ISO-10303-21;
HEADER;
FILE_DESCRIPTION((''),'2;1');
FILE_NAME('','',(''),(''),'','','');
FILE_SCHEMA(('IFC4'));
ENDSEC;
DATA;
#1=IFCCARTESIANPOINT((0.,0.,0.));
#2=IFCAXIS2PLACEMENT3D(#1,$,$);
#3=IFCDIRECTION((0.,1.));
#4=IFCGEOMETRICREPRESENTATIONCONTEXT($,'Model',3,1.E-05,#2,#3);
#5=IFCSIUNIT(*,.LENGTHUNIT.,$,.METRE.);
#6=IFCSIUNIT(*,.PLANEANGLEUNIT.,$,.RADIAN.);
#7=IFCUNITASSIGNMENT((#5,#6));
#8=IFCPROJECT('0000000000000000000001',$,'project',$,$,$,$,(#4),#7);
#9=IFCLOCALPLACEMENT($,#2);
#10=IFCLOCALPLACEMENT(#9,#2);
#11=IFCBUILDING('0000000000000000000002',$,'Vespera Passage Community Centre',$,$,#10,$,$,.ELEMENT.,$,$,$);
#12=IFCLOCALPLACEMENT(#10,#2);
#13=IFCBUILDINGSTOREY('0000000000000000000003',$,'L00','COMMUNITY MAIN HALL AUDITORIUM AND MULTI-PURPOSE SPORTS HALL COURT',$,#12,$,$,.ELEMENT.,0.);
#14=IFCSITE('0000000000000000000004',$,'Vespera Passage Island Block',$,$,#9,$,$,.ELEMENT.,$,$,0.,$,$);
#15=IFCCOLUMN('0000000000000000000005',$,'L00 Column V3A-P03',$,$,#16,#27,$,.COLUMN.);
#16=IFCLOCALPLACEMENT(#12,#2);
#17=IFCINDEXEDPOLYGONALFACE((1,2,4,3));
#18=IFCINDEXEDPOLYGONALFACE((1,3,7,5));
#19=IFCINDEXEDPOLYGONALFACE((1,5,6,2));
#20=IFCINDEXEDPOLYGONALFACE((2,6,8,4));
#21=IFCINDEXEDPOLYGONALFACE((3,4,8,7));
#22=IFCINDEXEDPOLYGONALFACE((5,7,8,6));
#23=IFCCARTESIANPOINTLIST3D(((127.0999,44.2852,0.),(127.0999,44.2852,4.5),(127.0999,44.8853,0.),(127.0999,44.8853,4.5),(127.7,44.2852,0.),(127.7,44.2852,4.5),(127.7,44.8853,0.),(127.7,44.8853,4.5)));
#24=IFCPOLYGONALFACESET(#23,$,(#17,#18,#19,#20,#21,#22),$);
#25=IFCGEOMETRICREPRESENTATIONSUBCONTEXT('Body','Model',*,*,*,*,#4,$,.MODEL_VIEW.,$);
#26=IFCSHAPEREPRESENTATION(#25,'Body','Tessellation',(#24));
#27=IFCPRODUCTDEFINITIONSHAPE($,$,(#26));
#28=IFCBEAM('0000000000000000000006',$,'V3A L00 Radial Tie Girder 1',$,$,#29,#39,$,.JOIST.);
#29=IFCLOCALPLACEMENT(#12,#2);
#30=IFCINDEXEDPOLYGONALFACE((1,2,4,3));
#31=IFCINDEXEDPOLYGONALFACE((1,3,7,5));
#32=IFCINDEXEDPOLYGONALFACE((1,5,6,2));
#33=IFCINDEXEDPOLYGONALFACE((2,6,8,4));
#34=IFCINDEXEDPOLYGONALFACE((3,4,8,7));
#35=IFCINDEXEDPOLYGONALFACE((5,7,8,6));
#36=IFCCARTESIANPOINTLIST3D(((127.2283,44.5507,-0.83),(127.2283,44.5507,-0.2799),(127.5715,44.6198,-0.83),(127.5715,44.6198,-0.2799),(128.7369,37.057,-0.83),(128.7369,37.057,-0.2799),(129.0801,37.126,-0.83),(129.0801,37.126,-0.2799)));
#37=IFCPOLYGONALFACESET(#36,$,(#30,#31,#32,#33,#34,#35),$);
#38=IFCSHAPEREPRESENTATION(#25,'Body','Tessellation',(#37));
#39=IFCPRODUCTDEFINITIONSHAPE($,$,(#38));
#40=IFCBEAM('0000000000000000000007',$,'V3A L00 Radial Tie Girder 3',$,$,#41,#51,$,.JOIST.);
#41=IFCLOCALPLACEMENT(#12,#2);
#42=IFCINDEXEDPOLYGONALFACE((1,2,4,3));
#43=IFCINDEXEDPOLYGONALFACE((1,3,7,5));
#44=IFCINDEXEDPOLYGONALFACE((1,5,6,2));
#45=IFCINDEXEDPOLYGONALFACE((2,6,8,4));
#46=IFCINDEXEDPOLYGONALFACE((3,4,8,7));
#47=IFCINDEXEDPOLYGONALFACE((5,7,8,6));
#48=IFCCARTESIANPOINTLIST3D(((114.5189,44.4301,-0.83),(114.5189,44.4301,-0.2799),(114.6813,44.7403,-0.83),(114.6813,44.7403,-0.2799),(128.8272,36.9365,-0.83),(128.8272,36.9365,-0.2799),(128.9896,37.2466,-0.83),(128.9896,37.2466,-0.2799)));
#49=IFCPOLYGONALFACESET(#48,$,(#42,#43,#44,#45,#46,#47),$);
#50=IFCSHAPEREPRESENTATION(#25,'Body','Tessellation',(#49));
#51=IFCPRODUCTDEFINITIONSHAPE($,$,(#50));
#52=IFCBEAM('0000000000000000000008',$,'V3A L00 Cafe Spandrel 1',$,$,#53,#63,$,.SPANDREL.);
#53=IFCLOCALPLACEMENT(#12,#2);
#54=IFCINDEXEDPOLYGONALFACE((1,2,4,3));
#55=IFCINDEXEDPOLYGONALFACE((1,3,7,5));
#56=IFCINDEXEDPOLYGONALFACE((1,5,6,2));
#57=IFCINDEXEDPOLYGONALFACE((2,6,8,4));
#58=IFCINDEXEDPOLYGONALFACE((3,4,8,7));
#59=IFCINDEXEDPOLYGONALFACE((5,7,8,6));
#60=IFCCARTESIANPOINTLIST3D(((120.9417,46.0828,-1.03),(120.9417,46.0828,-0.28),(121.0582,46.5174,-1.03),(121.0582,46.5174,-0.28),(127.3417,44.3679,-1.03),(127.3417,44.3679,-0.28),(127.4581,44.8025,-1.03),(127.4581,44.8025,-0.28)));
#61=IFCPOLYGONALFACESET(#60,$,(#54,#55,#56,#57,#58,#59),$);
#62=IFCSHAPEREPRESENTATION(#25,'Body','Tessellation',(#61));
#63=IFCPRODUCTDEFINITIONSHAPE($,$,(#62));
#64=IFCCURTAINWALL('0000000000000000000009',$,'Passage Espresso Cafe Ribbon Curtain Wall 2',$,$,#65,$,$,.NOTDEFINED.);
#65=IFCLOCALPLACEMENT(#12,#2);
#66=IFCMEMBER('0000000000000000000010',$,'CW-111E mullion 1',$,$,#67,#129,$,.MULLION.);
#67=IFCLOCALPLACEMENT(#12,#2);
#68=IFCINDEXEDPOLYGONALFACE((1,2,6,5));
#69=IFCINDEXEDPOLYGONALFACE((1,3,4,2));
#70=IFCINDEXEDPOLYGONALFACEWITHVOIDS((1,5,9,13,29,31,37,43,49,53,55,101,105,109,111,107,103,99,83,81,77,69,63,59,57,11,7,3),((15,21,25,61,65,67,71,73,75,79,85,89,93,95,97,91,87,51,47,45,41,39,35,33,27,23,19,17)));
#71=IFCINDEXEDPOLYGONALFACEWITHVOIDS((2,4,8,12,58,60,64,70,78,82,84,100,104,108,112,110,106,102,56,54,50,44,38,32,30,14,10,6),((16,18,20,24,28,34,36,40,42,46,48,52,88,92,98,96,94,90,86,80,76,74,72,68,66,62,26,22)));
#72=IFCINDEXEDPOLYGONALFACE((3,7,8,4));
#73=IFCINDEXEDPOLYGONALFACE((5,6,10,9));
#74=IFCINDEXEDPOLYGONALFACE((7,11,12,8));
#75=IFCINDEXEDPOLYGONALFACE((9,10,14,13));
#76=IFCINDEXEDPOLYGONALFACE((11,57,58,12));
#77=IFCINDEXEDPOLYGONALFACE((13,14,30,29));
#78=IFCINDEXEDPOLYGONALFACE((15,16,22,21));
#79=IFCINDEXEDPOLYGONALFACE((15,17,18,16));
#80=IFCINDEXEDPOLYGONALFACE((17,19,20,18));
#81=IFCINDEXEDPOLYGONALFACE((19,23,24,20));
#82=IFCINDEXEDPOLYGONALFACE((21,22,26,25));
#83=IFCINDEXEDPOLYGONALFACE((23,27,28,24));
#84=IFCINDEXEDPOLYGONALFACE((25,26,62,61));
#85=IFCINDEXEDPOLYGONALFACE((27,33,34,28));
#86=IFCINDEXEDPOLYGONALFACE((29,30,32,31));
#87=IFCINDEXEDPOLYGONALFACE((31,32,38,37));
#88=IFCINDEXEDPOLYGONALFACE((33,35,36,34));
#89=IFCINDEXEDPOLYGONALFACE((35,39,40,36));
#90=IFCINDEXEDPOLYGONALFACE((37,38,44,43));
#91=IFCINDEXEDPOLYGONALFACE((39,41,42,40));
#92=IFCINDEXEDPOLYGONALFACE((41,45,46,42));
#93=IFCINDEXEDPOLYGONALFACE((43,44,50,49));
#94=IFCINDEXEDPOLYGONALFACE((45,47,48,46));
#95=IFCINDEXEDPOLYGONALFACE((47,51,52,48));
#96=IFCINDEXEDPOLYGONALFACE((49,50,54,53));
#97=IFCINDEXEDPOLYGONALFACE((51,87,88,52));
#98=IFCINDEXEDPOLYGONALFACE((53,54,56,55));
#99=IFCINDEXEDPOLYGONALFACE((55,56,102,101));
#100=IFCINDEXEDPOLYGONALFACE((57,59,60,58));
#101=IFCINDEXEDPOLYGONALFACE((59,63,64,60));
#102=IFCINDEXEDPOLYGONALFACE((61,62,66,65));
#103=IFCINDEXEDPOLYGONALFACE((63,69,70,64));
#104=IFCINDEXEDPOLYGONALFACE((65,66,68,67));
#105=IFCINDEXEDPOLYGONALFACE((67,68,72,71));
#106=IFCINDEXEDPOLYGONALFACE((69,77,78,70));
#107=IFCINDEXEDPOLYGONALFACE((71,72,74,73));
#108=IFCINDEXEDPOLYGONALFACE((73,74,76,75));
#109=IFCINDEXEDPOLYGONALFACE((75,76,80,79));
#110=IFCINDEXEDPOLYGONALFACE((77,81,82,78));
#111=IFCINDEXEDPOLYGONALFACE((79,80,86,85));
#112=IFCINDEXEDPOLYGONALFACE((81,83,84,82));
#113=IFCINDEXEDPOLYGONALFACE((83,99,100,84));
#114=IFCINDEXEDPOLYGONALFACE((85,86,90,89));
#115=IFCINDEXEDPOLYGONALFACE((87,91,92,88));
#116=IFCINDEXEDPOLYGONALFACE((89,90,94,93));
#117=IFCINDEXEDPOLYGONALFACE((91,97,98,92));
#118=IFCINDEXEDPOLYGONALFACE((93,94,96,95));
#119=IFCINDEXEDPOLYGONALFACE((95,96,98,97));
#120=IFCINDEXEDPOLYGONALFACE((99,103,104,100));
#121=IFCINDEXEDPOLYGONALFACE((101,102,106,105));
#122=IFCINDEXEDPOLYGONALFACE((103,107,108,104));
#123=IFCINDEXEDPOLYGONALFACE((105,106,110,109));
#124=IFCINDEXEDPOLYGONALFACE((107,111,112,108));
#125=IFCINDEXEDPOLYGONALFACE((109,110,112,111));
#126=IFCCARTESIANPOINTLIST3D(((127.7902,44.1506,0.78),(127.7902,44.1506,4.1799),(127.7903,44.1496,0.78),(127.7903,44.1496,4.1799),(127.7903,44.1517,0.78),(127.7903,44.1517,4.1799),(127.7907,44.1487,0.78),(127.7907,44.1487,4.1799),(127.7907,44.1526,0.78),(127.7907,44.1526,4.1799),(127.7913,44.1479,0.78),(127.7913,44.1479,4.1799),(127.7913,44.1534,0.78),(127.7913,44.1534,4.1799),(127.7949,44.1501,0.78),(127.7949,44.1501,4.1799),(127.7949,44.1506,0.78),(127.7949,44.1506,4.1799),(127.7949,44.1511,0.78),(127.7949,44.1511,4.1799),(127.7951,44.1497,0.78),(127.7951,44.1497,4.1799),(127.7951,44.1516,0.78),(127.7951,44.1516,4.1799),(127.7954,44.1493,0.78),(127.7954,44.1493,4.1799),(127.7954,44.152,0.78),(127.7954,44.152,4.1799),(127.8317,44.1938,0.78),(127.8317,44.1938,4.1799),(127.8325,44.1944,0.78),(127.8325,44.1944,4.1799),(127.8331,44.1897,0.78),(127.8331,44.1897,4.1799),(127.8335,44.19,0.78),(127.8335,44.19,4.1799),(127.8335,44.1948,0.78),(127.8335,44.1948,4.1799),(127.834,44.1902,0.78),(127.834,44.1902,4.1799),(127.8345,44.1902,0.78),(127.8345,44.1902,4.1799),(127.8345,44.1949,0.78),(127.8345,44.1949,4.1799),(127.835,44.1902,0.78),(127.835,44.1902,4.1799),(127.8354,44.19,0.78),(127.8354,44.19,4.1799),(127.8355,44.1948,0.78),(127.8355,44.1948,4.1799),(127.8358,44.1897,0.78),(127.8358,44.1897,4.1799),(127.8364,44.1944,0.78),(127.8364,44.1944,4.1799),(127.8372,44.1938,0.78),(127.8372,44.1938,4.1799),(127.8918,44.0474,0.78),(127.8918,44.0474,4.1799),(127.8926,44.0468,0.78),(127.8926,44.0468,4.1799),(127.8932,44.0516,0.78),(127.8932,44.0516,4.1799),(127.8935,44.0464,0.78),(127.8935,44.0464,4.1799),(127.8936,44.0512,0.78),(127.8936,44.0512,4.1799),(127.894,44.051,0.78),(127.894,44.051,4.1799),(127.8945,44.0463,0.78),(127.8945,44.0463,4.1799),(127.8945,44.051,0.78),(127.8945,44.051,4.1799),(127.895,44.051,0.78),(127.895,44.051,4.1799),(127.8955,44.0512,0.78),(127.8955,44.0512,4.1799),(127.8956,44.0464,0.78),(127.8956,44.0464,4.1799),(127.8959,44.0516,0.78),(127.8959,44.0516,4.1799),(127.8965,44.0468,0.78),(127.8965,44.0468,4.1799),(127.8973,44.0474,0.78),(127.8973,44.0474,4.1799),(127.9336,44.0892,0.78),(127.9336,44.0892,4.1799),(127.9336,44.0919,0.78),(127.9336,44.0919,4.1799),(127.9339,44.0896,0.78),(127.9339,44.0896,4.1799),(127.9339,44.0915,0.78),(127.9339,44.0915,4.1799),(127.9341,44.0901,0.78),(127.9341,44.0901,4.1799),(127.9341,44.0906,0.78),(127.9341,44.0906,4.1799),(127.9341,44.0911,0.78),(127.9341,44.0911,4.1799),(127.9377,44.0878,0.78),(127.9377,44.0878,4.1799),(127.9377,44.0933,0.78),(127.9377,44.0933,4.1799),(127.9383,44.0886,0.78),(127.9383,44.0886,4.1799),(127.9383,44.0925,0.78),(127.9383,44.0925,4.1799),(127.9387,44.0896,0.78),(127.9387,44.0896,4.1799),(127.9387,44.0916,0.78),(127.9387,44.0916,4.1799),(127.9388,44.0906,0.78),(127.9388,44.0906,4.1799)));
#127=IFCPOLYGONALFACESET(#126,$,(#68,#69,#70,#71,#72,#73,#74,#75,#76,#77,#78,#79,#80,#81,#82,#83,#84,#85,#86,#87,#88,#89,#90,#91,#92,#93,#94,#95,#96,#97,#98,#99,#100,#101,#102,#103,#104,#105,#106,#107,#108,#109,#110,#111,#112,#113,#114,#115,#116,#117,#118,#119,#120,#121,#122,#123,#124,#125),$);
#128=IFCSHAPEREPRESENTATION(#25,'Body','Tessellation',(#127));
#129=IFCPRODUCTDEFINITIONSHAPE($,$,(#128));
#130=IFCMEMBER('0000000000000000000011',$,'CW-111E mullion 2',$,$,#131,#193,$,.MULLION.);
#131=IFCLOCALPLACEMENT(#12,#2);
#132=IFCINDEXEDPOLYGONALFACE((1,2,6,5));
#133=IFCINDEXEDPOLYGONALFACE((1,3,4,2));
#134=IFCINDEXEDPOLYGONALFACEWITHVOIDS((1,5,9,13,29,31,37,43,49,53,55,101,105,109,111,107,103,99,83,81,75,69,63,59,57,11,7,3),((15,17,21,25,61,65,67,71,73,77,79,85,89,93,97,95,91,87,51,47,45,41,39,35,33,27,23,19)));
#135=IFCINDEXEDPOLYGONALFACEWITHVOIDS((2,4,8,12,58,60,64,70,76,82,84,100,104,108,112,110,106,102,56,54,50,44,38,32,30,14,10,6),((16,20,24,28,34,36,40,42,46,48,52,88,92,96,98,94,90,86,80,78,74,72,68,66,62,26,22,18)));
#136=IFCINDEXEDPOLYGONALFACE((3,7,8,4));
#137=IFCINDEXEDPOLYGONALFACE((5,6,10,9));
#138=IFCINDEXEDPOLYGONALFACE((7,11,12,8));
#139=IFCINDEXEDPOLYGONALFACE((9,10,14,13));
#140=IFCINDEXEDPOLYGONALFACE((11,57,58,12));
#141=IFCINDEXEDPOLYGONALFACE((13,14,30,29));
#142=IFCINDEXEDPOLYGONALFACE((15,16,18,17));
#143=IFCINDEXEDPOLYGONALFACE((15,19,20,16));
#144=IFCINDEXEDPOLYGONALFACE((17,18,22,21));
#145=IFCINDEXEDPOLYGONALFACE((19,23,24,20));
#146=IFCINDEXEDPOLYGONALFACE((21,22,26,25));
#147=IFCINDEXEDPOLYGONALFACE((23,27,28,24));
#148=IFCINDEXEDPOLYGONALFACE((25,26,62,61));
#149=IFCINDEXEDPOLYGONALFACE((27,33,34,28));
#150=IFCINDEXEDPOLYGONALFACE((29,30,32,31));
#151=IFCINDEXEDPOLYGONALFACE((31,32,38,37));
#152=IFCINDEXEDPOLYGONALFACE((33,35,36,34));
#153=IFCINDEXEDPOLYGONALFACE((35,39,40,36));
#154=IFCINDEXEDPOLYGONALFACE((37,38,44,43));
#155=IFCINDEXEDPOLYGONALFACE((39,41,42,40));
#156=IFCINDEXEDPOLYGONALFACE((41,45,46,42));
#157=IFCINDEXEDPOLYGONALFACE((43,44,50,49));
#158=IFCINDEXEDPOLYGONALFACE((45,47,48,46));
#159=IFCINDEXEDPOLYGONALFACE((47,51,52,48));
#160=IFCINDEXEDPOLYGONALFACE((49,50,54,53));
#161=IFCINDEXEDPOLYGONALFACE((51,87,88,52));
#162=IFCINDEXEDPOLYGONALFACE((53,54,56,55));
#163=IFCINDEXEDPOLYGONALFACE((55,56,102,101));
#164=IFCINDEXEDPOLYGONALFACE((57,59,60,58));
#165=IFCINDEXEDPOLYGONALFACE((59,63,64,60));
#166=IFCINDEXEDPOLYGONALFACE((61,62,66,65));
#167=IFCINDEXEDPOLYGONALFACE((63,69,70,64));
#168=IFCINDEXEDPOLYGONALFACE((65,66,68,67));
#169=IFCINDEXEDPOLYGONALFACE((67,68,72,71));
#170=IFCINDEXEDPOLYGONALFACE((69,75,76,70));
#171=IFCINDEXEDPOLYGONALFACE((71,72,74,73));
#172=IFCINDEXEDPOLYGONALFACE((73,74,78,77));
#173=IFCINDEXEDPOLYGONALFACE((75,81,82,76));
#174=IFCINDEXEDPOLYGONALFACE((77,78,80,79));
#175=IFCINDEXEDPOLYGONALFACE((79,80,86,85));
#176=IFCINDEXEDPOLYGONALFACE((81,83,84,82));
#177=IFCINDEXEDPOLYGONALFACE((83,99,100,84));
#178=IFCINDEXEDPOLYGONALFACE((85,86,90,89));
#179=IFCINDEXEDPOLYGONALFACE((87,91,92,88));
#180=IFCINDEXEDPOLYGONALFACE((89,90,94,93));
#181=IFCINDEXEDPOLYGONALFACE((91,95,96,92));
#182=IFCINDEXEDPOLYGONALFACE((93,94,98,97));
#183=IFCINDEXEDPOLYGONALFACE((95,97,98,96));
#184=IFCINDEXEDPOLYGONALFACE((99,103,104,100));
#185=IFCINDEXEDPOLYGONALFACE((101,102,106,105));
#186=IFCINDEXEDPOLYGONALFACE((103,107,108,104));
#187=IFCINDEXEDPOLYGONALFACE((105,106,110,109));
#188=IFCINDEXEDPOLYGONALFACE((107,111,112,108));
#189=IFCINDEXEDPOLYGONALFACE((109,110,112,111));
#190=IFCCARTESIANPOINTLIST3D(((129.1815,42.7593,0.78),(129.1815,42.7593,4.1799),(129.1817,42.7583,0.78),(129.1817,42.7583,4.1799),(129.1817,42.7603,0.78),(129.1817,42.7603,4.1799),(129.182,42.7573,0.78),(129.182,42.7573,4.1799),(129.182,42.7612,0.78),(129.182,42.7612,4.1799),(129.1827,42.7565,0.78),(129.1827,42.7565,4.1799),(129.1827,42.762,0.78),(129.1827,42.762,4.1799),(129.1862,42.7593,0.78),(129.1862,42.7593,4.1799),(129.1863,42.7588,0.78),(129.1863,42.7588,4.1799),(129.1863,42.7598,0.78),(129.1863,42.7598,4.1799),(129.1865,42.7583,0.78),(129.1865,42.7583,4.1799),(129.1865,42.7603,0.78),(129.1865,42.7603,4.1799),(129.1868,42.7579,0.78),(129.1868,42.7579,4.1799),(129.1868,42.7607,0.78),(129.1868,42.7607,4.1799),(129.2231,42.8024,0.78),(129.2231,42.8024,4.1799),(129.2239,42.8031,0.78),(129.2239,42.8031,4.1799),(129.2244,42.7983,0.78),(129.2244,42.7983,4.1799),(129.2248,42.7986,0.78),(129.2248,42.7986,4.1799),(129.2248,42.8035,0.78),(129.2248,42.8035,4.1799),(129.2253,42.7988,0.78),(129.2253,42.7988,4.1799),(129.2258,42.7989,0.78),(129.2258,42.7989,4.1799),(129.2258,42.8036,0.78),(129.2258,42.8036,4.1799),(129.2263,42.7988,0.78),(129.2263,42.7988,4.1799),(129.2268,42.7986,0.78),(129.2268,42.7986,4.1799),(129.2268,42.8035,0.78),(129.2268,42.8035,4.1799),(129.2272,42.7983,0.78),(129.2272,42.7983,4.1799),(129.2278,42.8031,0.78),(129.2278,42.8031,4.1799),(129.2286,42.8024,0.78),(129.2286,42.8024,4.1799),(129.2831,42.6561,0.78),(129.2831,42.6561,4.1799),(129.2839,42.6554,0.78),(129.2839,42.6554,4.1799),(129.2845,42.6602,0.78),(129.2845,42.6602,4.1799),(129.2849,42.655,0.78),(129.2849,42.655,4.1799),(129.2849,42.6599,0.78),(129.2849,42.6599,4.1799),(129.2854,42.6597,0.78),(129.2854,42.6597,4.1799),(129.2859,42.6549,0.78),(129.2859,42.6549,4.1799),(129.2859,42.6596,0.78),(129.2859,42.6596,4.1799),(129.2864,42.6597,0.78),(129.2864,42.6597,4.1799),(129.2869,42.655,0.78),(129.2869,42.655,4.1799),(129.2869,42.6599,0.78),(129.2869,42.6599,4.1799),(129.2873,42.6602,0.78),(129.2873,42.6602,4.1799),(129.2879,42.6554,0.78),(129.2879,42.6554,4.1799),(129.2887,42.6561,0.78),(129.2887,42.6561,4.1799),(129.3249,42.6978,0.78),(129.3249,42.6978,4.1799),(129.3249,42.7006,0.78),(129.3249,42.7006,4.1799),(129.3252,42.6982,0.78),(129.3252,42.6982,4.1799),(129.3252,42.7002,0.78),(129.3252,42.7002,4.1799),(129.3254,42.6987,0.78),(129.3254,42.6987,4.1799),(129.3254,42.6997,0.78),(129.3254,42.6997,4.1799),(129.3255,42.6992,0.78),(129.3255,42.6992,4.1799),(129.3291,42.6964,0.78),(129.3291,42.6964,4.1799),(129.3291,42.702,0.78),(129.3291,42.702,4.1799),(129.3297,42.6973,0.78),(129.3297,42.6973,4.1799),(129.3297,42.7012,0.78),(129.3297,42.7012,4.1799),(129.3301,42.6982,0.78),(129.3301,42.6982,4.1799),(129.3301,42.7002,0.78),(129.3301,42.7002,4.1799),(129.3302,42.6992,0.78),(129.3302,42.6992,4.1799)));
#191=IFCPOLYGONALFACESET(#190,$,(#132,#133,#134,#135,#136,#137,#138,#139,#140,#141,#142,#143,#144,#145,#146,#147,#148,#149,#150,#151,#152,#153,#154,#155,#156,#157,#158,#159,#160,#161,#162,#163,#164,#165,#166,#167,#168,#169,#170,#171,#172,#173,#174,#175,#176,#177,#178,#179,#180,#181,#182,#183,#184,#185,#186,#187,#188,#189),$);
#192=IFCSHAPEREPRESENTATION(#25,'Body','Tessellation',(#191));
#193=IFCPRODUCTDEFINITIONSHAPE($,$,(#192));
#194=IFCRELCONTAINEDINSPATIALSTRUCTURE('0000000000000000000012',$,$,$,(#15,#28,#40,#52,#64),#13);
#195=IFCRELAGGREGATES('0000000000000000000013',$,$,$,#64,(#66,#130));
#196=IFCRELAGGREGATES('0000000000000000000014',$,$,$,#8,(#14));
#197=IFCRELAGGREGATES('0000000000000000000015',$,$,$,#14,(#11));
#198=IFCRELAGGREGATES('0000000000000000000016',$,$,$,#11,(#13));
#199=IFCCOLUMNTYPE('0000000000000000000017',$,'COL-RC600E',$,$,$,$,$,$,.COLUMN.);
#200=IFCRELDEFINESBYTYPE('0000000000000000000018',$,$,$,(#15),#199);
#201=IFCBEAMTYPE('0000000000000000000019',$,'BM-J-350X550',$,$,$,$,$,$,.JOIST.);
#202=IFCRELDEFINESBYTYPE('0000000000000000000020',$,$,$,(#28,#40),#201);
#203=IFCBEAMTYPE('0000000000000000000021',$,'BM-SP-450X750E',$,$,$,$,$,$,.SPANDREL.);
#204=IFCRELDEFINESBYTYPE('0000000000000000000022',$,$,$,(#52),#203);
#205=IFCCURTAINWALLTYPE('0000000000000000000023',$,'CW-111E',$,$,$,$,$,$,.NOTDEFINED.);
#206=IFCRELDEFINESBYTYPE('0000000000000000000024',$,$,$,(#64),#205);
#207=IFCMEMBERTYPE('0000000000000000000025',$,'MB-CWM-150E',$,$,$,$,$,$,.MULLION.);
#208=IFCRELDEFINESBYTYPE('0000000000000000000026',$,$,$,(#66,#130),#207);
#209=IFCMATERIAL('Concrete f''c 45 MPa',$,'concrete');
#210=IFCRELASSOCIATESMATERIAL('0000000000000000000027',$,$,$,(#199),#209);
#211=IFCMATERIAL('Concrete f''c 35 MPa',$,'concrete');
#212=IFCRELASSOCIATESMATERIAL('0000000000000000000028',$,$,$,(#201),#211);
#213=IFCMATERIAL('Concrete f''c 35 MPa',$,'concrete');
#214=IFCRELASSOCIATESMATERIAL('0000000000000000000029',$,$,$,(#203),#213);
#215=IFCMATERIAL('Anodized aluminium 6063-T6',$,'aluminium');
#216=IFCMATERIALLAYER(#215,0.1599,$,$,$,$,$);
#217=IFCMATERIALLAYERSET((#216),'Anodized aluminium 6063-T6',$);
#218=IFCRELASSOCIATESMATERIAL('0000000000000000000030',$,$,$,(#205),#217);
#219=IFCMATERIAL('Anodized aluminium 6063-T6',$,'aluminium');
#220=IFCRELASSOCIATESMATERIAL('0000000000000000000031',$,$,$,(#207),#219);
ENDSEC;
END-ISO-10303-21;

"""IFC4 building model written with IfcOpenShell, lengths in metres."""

from ifc_helpers import new_model, si_unit, direction, frame, origin, origin_2d, place, context, subcontext, project, spatial, rectangle, hollow_rectangle, extrude, material, layer, layer_set, material_profile, profile_set, type_object, element, aggregate, save


model = new_model("IFC4")

# Units and contexts
model_context = context("Model", 3, precision=1e-05, world=origin(), true_north=direction((0.0, 1.0)))
body_context = subcontext(model_context, "Body", "Model", "MODEL_VIEW")
ifc_project = project(units=[si_unit("LENGTHUNIT", "METRE"), si_unit("PLANEANGLEUNIT", "RADIAN")], contexts=[model_context])

# Site, building, storey
site_placement = place(None, origin())
site = spatial("IfcSite", under=ifc_project, at=site_placement, Name="Vespera Passage Island Block", CompositionType="ELEMENT", RefElevation=0.0)
building_placement = place(site_placement, origin())
building = spatial("IfcBuilding", under=site, at=building_placement, Name="Vespera Passage Community Centre", CompositionType="ELEMENT")
storey_placement = place(building_placement, origin())
storey = spatial("IfcBuildingStorey", under=building, at=storey_placement, Name="L00", Description="COMMUNITY MAIN HALL AUDITORIUM AND MULTI-PURPOSE SPORTS HALL COURT", CompositionType="ELEMENT", Elevation=0.0)

# Column
ifc_material_1 = material(Name="Concrete f'c 45 MPa", Category="concrete")
ifc_material_profile_1 = material_profile(ifc_material_1, rectangle(XDim=0.6001, YDim=0.6001, at=origin_2d()), Name="RC600X600")
ifc_profile_set_1 = profile_set([ifc_material_profile_1], Name="Concrete f'c 45 MPa")
column_type = type_object("IfcColumnType", Name="COL-RC600E", PredefinedType="COLUMN", material=ifc_profile_set_1)
column_placement = place(storey_placement, frame((127.3999, 44.5852, 0.0), z_axis=(0.0, 0.0, 1.0), x_axis=(1.0, 0.0, 0.0)))
element("IfcColumn", 1, at=column_placement, inside=storey, type_object=column_type, Name="L00 Column V3A-P03", PredefinedType="COLUMN", context=body_context, shape_type="SweptSolid", body=[
    extrude(rectangle(XDim=0.6001, YDim=0.6001, at=origin_2d()), origin(), (0.0, 0.0, 1.0), 4.5),
])

# Beams
ifc_material_2 = material(Name="Concrete f'c 35 MPa", Category="concrete")
ifc_material_profile_2 = material_profile(ifc_material_2, rectangle(XDim=0.3501, YDim=0.55, at=origin_2d()), Name="RC350X550")
ifc_profile_set_2 = profile_set([ifc_material_profile_2], Name="Concrete f'c 35 MPa")
beam_type_1 = type_object("IfcBeamType", Name="BM-J-350X550", PredefinedType="JOIST", material=ifc_profile_set_2)
beam_1_placement = place(storey_placement, frame((127.3999, 44.5852, -0.5549), z_axis=(0.197351, -0.980333, 0.0), x_axis=(0.980333, 0.197351, 0.0)))
element("IfcBeam", 2, at=beam_1_placement, inside=storey, type_object=beam_type_1, Name="V3A L00 Radial Tie Girder 1", PredefinedType="JOIST", context=body_context, shape_type="SweptSolid", body=[
    extrude(rectangle(XDim=0.3501, YDim=0.55, at=origin_2d()), origin(), (0.0, 0.0, 1.0), 7.644),
])
beam_2_placement = place(storey_placement, frame((114.6001, 44.5852, -0.5549), z_axis=(0.885862, -0.463949, 0.0), x_axis=(0.463949, 0.885862, 0.0)))
element("IfcBeam", 3, at=beam_2_placement, inside=storey, type_object=beam_type_1, Name="V3A L00 Radial Tie Girder 3", PredefinedType="JOIST", context=body_context, shape_type="SweptSolid", body=[
    extrude(rectangle(XDim=0.3501, YDim=0.55, at=origin_2d()), origin(), (0.0, 0.0, 1.0), 16.1519),
])
ifc_material_3 = material(Name="Concrete f'c 35 MPa", Category="concrete")
ifc_material_profile_3 = material_profile(ifc_material_3, rectangle(XDim=0.45, YDim=0.75, at=origin_2d()), Name="RC450X750")
ifc_profile_set_3 = profile_set([ifc_material_profile_3], Name="Concrete f'c 35 MPa")
beam_type_2 = type_object("IfcBeamType", Name="BM-SP-450X750E", PredefinedType="SPANDREL", material=ifc_profile_set_3)
beam_3_placement = place(storey_placement, frame((127.3999, 44.5852, -0.655), z_axis=(-0.965926, 0.258818, 0.0), x_axis=(-0.258818, -0.965926, 0.0)))
element("IfcBeam", 4, at=beam_3_placement, inside=storey, type_object=beam_type_2, Name="V3A L00 Cafe Spandrel 1", PredefinedType="SPANDREL", context=body_context, shape_type="SweptSolid", body=[
    extrude(rectangle(XDim=0.45, YDim=0.75, at=origin_2d()), origin(), (0.0, 0.0, 1.0), 6.6257),
])

# Curtain wall, members
ifc_material_4 = material(Name="Anodized aluminium 6063-T6", Category="aluminium")
ifc_layer_1 = layer(ifc_material_4, 0.1599)
ifc_layer_set_1 = layer_set([ifc_layer_1], Name="Anodized aluminium 6063-T6")
curtain_wall_type_1 = type_object("IfcCurtainWallType", Name="CW-111E", PredefinedType="NOTDEFINED", material=ifc_layer_set_1)
curtain_wall_1_placement = place(storey_placement, origin())
curtain_wall_1 = element("IfcCurtainWall", 5, at=curtain_wall_1_placement, inside=storey, type_object=curtain_wall_type_1, Name="Passage Espresso Cafe Ribbon Curtain Wall 2", PredefinedType="NOTDEFINED")
ifc_material_5 = material(Name="Anodized aluminium 6063-T6", Category="aluminium")
ifc_material_profile_4 = material_profile(ifc_material_5, hollow_rectangle(XDim=0.0649, YDim=0.1499, WallThickness=0.0039, InnerFilletRadius=0.002, OuterFilletRadius=0.0039, at=origin_2d()), Name="ALU150X65X4")
ifc_profile_set_4 = profile_set([ifc_material_profile_4], Name="Anodized aluminium 6063-T6")
member_type_1 = type_object("IfcMemberType", Name="MB-CWM-150E", PredefinedType="MULLION", material=ifc_profile_set_4)
member_1_placement = place(storey_placement, frame((127.8645, 44.1206, 0.78), z_axis=(0.0, 0.0, 1.0), x_axis=(0.707107, 0.707107, 0.0)))
member_1 = element("IfcMember", 6, at=member_1_placement, type_object=member_type_1, Name="CW-111E mullion 1", PredefinedType="MULLION", context=body_context, shape_type="SweptSolid", body=[
    extrude(hollow_rectangle(XDim=0.0649, YDim=0.1499, WallThickness=0.0039, InnerFilletRadius=0.002, OuterFilletRadius=0.0039, at=origin_2d()), origin(), (0.0, 0.0, 1.0), 3.3999),
])
member_2_placement = place(storey_placement, frame((129.2559, 42.7292, 0.78), z_axis=(0.0, 0.0, 1.0), x_axis=(0.707107, 0.707107, 0.0)))
member_2 = element("IfcMember", 7, at=member_2_placement, type_object=member_type_1, Name="CW-111E mullion 2", PredefinedType="MULLION", context=body_context, shape_type="SweptSolid", body=[
    extrude(hollow_rectangle(XDim=0.0649, YDim=0.1499, WallThickness=0.0039, InnerFilletRadius=0.002, OuterFilletRadius=0.0039, at=origin_2d()), origin(), (0.0, 0.0, 1.0), 3.3999),
])

aggregate(curtain_wall_1, [member_1, member_2])

save(model, "model.ifc")
